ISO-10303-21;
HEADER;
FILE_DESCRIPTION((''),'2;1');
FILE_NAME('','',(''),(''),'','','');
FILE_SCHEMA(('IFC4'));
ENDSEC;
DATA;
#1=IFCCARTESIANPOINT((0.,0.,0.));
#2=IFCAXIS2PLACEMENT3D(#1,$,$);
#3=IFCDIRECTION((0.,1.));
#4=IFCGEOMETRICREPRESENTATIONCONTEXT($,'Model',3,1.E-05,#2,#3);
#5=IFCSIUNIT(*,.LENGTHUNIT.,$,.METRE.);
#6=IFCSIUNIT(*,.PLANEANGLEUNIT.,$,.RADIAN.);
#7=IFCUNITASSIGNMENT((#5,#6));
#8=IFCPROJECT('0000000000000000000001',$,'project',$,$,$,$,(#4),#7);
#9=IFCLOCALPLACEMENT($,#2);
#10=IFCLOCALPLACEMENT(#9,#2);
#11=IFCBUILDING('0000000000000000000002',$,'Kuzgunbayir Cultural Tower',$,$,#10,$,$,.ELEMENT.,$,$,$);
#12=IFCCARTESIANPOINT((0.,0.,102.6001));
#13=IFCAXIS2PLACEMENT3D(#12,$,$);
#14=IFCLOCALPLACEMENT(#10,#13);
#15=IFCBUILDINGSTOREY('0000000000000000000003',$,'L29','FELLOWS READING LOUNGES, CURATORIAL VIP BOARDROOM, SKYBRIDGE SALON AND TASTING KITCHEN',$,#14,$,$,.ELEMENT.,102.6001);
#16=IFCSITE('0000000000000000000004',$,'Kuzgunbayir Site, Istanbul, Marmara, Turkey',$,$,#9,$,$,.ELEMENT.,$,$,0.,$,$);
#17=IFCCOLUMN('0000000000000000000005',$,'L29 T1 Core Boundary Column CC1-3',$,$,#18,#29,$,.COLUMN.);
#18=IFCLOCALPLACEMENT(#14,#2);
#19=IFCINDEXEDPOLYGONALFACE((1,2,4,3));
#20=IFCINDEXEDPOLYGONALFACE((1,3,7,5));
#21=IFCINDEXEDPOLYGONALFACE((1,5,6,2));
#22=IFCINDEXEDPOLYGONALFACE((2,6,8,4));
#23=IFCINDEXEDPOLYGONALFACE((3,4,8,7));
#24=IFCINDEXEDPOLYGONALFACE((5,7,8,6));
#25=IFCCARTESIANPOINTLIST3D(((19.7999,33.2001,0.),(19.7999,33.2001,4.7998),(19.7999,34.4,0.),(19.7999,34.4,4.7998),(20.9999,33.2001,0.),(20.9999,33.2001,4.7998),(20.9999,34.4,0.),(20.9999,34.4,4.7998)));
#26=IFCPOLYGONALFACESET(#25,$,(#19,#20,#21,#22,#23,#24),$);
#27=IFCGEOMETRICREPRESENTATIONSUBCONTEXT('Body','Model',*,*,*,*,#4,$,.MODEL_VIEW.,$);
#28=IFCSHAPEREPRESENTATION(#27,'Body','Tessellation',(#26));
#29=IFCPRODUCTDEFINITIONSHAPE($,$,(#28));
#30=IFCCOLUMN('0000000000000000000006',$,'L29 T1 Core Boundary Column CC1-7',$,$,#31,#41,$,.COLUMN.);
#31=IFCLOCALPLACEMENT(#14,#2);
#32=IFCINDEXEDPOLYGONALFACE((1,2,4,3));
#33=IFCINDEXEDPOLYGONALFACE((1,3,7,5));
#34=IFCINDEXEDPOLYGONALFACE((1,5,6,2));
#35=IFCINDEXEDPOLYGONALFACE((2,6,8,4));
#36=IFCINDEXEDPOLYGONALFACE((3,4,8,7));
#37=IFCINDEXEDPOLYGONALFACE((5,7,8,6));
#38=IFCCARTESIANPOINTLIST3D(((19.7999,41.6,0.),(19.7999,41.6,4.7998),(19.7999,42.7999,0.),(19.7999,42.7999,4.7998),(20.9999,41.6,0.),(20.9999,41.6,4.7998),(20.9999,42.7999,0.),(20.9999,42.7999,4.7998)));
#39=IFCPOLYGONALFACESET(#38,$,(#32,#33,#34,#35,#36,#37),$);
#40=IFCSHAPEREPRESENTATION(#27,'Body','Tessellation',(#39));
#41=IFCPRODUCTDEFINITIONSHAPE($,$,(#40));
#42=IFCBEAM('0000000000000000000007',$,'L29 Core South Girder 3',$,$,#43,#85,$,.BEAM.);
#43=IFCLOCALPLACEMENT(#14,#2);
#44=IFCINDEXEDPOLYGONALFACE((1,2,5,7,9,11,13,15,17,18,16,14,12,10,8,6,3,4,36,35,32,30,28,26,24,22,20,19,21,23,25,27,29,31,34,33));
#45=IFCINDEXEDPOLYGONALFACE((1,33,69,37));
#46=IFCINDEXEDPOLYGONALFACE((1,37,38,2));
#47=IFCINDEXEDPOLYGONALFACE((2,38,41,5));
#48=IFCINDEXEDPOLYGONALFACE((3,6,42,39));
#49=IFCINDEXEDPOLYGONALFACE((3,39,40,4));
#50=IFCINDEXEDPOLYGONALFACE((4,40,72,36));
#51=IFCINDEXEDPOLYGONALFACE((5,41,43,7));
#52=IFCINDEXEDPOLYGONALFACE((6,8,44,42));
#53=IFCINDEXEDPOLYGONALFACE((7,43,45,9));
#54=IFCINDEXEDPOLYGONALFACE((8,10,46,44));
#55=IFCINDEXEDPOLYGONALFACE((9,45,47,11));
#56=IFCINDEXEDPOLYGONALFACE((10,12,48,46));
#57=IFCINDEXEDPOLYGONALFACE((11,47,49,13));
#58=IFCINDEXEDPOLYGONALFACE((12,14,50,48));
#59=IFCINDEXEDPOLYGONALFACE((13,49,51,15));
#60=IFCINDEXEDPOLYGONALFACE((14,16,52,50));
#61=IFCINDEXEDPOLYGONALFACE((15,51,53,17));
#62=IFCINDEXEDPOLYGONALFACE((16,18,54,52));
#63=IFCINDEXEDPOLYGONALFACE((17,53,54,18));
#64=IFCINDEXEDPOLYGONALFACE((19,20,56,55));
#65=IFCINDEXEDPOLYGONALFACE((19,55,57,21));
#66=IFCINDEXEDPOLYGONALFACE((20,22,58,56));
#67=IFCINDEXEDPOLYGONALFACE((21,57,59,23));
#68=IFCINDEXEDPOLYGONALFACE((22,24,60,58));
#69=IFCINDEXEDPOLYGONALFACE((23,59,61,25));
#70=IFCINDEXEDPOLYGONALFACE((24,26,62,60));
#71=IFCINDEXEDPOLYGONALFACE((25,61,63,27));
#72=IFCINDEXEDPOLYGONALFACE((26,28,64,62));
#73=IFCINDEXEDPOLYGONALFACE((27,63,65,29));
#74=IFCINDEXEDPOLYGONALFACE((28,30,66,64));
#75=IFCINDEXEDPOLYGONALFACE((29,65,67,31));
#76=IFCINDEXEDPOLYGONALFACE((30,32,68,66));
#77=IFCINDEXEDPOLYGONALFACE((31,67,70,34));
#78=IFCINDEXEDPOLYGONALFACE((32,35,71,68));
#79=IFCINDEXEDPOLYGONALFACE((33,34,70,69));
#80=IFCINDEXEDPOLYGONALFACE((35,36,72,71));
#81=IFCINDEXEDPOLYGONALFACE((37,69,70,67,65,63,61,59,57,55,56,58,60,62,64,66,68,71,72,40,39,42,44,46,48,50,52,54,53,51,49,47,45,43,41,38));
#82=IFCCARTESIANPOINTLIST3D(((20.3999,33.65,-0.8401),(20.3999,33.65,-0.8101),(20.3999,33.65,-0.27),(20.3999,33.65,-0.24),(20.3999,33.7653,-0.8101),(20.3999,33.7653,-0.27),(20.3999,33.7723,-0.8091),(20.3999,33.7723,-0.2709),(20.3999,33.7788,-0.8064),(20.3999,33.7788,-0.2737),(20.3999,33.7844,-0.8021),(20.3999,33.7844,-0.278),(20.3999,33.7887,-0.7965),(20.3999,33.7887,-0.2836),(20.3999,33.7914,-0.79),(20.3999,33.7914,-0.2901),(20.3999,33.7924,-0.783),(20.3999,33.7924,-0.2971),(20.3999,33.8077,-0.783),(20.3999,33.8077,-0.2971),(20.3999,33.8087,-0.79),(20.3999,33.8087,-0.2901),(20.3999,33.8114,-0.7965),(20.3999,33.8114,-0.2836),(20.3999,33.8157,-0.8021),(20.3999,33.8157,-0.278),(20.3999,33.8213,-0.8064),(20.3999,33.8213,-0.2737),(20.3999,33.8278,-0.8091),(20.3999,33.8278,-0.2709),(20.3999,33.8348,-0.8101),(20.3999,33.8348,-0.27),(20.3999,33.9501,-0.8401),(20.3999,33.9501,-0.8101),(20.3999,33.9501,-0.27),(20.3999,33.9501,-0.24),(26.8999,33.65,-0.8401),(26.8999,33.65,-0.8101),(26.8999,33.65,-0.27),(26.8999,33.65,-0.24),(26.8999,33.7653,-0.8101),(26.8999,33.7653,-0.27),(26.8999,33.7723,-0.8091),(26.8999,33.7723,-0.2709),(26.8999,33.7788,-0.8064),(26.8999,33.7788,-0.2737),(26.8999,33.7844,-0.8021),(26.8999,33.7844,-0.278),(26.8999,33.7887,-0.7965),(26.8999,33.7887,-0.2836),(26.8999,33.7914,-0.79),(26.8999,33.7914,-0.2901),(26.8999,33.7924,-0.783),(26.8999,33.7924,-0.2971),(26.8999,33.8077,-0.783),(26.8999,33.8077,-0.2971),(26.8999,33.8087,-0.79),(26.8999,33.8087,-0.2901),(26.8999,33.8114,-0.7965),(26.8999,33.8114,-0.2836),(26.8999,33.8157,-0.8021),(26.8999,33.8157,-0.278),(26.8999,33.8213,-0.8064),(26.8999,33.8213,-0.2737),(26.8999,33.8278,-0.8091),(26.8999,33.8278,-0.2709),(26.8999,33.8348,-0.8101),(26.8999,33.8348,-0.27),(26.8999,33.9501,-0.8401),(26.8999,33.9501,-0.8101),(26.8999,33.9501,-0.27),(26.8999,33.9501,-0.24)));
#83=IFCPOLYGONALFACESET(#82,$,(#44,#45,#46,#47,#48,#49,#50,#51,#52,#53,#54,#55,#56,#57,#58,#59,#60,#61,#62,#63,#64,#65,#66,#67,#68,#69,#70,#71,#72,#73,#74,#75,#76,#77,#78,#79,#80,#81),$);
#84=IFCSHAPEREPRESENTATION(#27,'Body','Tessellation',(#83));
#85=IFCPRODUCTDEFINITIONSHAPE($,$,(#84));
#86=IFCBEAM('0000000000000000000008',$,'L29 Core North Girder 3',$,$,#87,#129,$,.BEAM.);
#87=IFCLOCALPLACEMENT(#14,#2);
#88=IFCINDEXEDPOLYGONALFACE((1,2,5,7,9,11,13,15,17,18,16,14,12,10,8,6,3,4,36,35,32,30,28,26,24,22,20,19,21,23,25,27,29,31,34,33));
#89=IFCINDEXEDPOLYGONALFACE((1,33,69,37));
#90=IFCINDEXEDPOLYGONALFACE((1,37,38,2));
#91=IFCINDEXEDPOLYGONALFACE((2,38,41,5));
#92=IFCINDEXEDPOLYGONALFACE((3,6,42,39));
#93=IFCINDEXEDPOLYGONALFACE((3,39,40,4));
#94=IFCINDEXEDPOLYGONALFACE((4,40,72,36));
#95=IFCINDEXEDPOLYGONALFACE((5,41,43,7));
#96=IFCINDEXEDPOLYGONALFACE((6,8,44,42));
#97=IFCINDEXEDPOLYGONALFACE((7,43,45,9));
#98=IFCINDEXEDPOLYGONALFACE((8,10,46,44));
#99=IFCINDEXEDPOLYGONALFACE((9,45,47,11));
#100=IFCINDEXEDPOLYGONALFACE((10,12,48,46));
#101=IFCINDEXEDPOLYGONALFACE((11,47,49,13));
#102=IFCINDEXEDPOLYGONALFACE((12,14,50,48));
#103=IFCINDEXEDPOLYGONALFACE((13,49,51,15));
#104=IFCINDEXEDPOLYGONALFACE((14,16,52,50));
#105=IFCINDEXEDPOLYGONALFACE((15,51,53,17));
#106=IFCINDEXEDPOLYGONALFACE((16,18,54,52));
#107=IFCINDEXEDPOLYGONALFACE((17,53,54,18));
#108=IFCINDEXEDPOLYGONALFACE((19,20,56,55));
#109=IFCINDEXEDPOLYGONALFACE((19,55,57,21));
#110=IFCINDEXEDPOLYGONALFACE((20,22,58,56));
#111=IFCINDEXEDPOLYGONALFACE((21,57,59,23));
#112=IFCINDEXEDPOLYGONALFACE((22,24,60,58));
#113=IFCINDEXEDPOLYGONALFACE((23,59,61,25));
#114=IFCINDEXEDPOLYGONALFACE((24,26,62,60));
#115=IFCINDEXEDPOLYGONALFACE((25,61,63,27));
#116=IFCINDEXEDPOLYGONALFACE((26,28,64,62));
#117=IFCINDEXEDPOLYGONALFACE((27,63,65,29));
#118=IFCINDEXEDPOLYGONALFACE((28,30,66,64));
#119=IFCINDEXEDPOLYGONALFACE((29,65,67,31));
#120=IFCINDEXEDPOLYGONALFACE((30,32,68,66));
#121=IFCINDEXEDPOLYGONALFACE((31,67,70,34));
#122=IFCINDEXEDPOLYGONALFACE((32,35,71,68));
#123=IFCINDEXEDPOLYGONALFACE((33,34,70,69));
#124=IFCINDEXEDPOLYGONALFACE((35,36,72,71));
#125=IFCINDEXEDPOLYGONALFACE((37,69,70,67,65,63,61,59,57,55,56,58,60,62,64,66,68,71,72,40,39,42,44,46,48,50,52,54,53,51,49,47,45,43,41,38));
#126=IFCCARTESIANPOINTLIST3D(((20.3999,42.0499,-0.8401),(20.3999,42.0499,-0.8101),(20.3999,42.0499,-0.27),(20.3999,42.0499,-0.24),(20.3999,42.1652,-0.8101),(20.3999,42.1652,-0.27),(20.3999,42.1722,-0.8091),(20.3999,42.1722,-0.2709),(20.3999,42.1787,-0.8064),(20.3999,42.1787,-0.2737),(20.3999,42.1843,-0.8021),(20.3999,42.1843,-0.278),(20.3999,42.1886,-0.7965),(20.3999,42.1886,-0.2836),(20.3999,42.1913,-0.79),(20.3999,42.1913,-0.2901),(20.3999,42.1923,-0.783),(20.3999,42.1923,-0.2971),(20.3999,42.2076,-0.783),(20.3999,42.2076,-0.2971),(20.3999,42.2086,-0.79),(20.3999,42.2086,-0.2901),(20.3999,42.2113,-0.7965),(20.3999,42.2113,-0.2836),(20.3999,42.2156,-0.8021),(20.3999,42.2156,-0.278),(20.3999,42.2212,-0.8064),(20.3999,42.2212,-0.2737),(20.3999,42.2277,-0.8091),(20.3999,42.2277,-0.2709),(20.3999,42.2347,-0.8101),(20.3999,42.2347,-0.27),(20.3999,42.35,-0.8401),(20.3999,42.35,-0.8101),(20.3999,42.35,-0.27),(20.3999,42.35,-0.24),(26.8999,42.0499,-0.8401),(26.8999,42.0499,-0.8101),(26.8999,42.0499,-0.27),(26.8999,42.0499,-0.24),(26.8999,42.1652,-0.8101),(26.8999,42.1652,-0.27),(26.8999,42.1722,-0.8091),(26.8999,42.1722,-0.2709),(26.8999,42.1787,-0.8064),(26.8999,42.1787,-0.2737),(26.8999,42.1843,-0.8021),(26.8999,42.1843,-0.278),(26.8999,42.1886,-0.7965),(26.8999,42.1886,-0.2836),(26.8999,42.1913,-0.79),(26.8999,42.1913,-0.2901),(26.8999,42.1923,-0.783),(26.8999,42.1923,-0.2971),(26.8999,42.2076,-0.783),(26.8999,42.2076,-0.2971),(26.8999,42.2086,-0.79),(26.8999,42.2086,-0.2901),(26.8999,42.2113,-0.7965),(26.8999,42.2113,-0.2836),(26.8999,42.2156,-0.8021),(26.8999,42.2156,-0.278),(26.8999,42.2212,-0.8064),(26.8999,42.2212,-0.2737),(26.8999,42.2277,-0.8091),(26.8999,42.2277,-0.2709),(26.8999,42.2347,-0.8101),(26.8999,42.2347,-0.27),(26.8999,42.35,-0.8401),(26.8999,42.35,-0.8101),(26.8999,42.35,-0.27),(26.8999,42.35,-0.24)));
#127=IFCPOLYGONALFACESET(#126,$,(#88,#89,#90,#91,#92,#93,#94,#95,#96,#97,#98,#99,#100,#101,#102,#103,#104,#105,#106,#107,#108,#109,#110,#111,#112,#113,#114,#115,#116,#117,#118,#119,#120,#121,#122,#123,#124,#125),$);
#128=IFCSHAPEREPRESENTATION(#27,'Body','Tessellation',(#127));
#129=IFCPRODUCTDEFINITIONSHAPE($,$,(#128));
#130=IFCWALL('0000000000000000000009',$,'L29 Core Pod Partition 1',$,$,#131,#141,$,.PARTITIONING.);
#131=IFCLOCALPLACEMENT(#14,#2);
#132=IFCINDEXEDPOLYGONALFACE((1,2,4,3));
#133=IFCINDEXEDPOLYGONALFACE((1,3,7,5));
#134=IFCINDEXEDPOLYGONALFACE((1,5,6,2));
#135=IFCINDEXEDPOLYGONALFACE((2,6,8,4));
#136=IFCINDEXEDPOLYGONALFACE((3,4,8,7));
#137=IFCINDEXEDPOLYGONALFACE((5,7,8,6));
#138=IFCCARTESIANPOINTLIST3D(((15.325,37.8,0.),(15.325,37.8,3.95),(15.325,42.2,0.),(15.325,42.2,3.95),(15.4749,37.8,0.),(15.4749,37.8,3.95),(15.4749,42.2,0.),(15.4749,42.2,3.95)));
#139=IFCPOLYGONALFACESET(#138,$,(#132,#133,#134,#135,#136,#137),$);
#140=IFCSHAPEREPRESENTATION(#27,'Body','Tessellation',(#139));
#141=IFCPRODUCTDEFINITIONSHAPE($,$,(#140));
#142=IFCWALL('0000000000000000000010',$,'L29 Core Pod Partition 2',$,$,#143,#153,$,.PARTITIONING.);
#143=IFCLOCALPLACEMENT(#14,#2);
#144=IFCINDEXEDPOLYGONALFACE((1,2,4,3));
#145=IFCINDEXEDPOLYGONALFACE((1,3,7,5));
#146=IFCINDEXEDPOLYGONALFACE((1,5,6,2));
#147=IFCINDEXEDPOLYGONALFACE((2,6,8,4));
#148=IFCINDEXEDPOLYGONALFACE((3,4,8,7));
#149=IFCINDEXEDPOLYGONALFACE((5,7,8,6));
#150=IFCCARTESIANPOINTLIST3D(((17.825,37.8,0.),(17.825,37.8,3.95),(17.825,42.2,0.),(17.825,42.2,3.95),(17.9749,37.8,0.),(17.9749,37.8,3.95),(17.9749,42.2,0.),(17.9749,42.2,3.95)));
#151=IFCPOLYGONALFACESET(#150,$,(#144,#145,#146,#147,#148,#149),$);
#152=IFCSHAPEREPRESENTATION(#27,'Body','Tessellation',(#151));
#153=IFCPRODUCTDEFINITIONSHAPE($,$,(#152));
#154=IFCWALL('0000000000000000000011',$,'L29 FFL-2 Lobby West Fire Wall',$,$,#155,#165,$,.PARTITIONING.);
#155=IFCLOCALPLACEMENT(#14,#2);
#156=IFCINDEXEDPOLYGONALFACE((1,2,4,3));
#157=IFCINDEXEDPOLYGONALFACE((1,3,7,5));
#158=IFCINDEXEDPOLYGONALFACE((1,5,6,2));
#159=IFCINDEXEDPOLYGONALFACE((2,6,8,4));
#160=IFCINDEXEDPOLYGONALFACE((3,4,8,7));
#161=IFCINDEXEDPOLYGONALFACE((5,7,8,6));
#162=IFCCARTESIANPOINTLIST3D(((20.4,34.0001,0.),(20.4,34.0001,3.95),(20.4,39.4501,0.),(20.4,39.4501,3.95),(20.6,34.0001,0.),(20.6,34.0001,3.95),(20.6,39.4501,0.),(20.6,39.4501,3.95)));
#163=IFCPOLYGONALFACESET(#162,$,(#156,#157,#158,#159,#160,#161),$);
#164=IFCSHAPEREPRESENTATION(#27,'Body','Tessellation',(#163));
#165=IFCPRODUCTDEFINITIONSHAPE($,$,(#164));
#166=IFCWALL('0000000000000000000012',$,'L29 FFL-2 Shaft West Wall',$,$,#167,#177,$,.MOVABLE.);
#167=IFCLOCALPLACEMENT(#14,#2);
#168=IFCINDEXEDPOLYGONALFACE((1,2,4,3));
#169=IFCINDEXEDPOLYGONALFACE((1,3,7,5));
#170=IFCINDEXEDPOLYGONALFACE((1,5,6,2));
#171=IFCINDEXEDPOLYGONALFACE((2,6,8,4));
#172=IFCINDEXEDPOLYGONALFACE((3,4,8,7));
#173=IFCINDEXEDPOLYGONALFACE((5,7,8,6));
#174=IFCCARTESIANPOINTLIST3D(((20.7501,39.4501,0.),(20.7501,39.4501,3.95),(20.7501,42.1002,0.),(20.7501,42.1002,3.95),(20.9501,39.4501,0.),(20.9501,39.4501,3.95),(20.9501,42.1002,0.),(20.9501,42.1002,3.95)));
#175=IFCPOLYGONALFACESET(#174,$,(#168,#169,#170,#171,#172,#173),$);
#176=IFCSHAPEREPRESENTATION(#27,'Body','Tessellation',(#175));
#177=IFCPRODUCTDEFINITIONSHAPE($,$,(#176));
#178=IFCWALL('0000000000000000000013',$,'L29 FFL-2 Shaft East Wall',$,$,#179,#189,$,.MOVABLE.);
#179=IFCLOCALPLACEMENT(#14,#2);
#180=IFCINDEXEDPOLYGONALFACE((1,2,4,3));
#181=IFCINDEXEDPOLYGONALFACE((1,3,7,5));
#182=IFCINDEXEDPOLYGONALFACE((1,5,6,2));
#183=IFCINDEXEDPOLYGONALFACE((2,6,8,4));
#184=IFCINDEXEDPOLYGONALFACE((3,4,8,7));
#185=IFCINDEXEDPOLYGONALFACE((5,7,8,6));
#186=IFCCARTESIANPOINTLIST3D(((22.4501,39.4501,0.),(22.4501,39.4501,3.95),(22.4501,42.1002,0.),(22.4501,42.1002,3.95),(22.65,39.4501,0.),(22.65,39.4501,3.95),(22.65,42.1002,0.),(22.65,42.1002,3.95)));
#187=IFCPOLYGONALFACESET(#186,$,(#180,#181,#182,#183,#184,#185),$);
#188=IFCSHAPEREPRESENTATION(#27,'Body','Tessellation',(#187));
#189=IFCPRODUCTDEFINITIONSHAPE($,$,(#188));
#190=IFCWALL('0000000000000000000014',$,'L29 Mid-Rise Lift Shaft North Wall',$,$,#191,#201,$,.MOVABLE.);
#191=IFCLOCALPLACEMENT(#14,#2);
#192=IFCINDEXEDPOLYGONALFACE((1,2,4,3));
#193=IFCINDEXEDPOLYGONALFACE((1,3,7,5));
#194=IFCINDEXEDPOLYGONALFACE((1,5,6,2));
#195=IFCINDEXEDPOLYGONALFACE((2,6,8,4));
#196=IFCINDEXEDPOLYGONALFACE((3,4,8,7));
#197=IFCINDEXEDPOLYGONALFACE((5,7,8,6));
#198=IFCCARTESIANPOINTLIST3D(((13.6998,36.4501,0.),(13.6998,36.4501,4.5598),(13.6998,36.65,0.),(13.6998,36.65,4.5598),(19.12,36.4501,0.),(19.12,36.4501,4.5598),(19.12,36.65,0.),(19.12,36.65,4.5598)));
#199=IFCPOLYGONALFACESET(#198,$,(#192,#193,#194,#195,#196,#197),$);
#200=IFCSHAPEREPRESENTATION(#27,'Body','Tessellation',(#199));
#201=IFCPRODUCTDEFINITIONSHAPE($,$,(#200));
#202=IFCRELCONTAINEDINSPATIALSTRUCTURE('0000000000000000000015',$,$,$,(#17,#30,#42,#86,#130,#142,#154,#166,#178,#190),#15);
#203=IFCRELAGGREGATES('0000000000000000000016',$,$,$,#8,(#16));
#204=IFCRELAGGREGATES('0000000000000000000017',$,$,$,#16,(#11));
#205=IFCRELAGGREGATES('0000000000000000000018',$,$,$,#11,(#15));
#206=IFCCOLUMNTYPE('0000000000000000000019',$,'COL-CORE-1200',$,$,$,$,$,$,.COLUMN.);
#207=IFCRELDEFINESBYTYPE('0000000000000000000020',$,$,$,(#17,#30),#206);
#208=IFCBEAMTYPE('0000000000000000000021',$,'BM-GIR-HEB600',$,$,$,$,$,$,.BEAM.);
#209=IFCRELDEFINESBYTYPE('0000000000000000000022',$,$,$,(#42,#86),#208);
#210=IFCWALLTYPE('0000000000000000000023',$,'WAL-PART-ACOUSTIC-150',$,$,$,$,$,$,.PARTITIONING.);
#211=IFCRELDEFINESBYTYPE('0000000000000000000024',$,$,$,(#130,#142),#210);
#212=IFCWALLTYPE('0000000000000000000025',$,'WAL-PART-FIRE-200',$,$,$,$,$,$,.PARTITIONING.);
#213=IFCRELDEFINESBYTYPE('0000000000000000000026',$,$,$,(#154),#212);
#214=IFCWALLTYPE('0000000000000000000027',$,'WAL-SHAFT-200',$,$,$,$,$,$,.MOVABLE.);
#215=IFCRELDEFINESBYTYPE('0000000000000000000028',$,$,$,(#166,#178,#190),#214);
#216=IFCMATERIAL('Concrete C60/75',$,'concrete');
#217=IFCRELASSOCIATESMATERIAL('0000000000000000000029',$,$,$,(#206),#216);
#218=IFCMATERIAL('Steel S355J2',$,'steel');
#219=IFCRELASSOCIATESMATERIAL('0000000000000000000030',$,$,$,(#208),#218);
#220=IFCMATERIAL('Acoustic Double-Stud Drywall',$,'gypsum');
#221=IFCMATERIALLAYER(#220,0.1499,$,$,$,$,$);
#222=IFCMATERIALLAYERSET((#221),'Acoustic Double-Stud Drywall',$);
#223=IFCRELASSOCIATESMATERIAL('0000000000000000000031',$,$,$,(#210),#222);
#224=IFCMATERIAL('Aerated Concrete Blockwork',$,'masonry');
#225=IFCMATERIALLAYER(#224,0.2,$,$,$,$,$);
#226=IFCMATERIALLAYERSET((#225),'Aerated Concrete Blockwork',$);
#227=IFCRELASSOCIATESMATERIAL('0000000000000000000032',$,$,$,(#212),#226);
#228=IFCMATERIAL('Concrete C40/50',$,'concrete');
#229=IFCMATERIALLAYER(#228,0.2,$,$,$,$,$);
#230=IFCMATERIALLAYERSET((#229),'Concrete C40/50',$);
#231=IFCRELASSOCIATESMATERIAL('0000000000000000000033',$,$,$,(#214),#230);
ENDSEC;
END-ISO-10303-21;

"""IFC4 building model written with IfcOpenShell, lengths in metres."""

from ifc_helpers import new_model, si_unit, direction, frame, frame_2d, origin, origin_2d, place, context, subcontext, project, spatial, rectangle, i_section, extrude, material, layer, layer_set, material_profile, profile_set, type_object, element, save


model = new_model("IFC4")

# Units and contexts
model_context = context("Model", 3, precision=1e-05, world=origin(), true_north=direction((0.0, 1.0)))
body_context = subcontext(model_context, "Body", "Model", "MODEL_VIEW")
ifc_project = project(units=[si_unit("LENGTHUNIT", "METRE"), si_unit("PLANEANGLEUNIT", "RADIAN")], contexts=[model_context])

# Site, building, storey
site_placement = place(None, origin())
site = spatial("IfcSite", under=ifc_project, at=site_placement, Name="Kuzgunbayir Site, Istanbul, Marmara, Turkey", CompositionType="ELEMENT", RefElevation=0.0)
building_placement = place(site_placement, origin())
building = spatial("IfcBuilding", under=site, at=building_placement, Name="Kuzgunbayir Cultural Tower", CompositionType="ELEMENT")
storey_placement = place(building_placement, frame((0.0, 0.0, 102.6001)))
storey = spatial("IfcBuildingStorey", under=building, at=storey_placement, Name="L29", Description="FELLOWS READING LOUNGES, CURATORIAL VIP BOARDROOM, SKYBRIDGE SALON AND TASTING KITCHEN", CompositionType="ELEMENT", Elevation=102.6001)

# Columns
ifc_material_1 = material(Name="Concrete C60/75", Category="concrete")
ifc_material_profile_1 = material_profile(ifc_material_1, rectangle(XDim=1.2, YDim=1.2, at=origin_2d()), Name="RC 1200x1200")
ifc_profile_set_1 = profile_set([ifc_material_profile_1], Name="Concrete C60/75")
column_type = type_object("IfcColumnType", Name="COL-CORE-1200", PredefinedType="COLUMN", material=ifc_profile_set_1)
for number, where, z_axis, x_axis, name in (
    (1, (20.3999, 33.8, 0.0), (0.0, 0.0, 1.0), (1.0, 0.0, 0.0), "L29 T1 Core Boundary Column CC1-3"),
    (2, (20.3999, 42.2, 0.0), (0.0, 0.0, 1.0), (1.0, 0.0, 0.0), "L29 T1 Core Boundary Column CC1-7"),
):
    element("IfcColumn", number, at=place(storey_placement, frame(where, z_axis=z_axis, x_axis=x_axis)), inside=storey, type_object=column_type, Name=name, PredefinedType="COLUMN", context=body_context, shape_type="SweptSolid", body=[
        extrude(rectangle(XDim=1.2, YDim=1.2, at=origin_2d()), origin(), (0.0, 0.0, 1.0), 4.7998),
    ])

# Beams
ifc_material_2 = material(Name="Steel S355J2", Category="steel")
ifc_material_profile_2 = material_profile(ifc_material_2, i_section(OverallWidth=0.3, OverallDepth=0.6001, WebThickness=0.0154, FlangeThickness=0.03, FilletRadius=0.0271, at=origin_2d()), Name="HEB 600")
ifc_profile_set_2 = profile_set([ifc_material_profile_2], Name="Steel S355J2")
beam_type = type_object("IfcBeamType", Name="BM-GIR-HEB600", PredefinedType="BEAM", material=ifc_profile_set_2)
for number, where, z_axis, x_axis, name in (
    (3, (20.3999, 33.8, -0.54), (1.0, 0.0, 0.0), (0.0, 1.0, 0.0), "L29 Core South Girder 3"),
    (4, (20.3999, 42.2, -0.54), (1.0, 0.0, 0.0), (0.0, 1.0, 0.0), "L29 Core North Girder 3"),
):
    element("IfcBeam", number, at=place(storey_placement, frame(where, z_axis=z_axis, x_axis=x_axis)), inside=storey, type_object=beam_type, Name=name, PredefinedType="BEAM", context=body_context, shape_type="SweptSolid", body=[
        extrude(i_section(OverallWidth=0.3, OverallDepth=0.6001, WebThickness=0.0154, FlangeThickness=0.03, FilletRadius=0.0271, at=origin_2d()), origin(), (0.0, 0.0, 1.0), 6.5),
    ])

# Walls
ifc_material_3 = material(Name="Acoustic Double-Stud Drywall", Category="gypsum")
ifc_layer_1 = layer(ifc_material_3, 0.1499)
ifc_layer_set_1 = layer_set([ifc_layer_1], Name="Acoustic Double-Stud Drywall")
wall_type_1 = type_object("IfcWallType", Name="WAL-PART-ACOUSTIC-150", PredefinedType="PARTITIONING", material=ifc_layer_set_1)
for number, where, z_axis, x_axis, name in (
    (5, (15.3999, 37.8, 0.0), (0.0, 0.0, 1.0), (0.0, 1.0, 0.0), "L29 Core Pod Partition 1"),
    (6, (17.8999, 37.8, 0.0), (0.0, 0.0, 1.0), (0.0, 1.0, 0.0), "L29 Core Pod Partition 2"),
):
    element("IfcWall", number, at=place(storey_placement, frame(where, z_axis=z_axis, x_axis=x_axis)), inside=storey, type_object=wall_type_1, Name=name, PredefinedType="PARTITIONING", context=body_context, shape_type="SweptSolid", body=[
        extrude(rectangle(XDim=4.3999, YDim=0.1499, at=frame_2d((2.2, 0.0))), origin(), (0.0, 0.0, 1.0), 3.95),
    ])
ifc_material_4 = material(Name="Aerated Concrete Blockwork", Category="masonry")
ifc_layer_2 = layer(ifc_material_4, 0.2)
ifc_layer_set_2 = layer_set([ifc_layer_2], Name="Aerated Concrete Blockwork")
wall_type_2 = type_object("IfcWallType", Name="WAL-PART-FIRE-200", PredefinedType="PARTITIONING", material=ifc_layer_set_2)
wall_1_placement = place(storey_placement, frame((20.5, 34.0, 0.0), z_axis=(0.0, 0.0, 1.0), x_axis=(0.0, 1.0, 0.0)))
element("IfcWall", 7, at=wall_1_placement, inside=storey, type_object=wall_type_2, Name="L29 FFL-2 Lobby West Fire Wall", PredefinedType="PARTITIONING", context=body_context, shape_type="SweptSolid", body=[
    extrude(rectangle(XDim=5.45, YDim=0.2, at=frame_2d((2.7251, 0.0))), origin(), (0.0, 0.0, 1.0), 3.95),
])

# Shared definitions
ifc_material_5 = material(Name="Concrete C40/50", Category="concrete")
ifc_layer_3 = layer(ifc_material_5, 0.2)
ifc_layer_set_3 = layer_set([ifc_layer_3], Name="Concrete C40/50")
wall_type_3 = type_object("IfcWallType", Name="WAL-SHAFT-200", PredefinedType="MOVABLE", material=ifc_layer_set_3)

# Walls
for number, where, z_axis, x_axis, name in (
    (8, (20.8501, 39.45, 0.0), (0.0, 0.0, 1.0), (0.0, 1.0, 0.0), "L29 FFL-2 Shaft West Wall"),
    (9, (22.55, 39.45, 0.0), (0.0, 0.0, 1.0), (0.0, 1.0, 0.0), "L29 FFL-2 Shaft East Wall"),
):
    element("IfcWall", number, at=place(storey_placement, frame(where, z_axis=z_axis, x_axis=x_axis)), inside=storey, type_object=wall_type_3, Name=name, PredefinedType="MOVABLE", context=body_context, shape_type="SweptSolid", body=[
        extrude(rectangle(XDim=2.6501, YDim=0.2, at=frame_2d((1.3252, 0.0))), origin(), (0.0, 0.0, 1.0), 3.95),
    ])
wall_2_placement = place(storey_placement, frame((13.7, 36.55, 0.0), z_axis=(0.0, 0.0, 1.0), x_axis=(1.0, 0.0, 0.0)))
element("IfcWall", 10, at=wall_2_placement, inside=storey, type_object=wall_type_3, Name="L29 Mid-Rise Lift Shaft North Wall", PredefinedType="MOVABLE", context=body_context, shape_type="SweptSolid", body=[
    extrude(rectangle(XDim=5.4202, YDim=0.2, at=frame_2d((2.71, 0.0))), origin(), (0.0, 0.0, 1.0), 4.5598),
])

save(model, "model.ifc")
